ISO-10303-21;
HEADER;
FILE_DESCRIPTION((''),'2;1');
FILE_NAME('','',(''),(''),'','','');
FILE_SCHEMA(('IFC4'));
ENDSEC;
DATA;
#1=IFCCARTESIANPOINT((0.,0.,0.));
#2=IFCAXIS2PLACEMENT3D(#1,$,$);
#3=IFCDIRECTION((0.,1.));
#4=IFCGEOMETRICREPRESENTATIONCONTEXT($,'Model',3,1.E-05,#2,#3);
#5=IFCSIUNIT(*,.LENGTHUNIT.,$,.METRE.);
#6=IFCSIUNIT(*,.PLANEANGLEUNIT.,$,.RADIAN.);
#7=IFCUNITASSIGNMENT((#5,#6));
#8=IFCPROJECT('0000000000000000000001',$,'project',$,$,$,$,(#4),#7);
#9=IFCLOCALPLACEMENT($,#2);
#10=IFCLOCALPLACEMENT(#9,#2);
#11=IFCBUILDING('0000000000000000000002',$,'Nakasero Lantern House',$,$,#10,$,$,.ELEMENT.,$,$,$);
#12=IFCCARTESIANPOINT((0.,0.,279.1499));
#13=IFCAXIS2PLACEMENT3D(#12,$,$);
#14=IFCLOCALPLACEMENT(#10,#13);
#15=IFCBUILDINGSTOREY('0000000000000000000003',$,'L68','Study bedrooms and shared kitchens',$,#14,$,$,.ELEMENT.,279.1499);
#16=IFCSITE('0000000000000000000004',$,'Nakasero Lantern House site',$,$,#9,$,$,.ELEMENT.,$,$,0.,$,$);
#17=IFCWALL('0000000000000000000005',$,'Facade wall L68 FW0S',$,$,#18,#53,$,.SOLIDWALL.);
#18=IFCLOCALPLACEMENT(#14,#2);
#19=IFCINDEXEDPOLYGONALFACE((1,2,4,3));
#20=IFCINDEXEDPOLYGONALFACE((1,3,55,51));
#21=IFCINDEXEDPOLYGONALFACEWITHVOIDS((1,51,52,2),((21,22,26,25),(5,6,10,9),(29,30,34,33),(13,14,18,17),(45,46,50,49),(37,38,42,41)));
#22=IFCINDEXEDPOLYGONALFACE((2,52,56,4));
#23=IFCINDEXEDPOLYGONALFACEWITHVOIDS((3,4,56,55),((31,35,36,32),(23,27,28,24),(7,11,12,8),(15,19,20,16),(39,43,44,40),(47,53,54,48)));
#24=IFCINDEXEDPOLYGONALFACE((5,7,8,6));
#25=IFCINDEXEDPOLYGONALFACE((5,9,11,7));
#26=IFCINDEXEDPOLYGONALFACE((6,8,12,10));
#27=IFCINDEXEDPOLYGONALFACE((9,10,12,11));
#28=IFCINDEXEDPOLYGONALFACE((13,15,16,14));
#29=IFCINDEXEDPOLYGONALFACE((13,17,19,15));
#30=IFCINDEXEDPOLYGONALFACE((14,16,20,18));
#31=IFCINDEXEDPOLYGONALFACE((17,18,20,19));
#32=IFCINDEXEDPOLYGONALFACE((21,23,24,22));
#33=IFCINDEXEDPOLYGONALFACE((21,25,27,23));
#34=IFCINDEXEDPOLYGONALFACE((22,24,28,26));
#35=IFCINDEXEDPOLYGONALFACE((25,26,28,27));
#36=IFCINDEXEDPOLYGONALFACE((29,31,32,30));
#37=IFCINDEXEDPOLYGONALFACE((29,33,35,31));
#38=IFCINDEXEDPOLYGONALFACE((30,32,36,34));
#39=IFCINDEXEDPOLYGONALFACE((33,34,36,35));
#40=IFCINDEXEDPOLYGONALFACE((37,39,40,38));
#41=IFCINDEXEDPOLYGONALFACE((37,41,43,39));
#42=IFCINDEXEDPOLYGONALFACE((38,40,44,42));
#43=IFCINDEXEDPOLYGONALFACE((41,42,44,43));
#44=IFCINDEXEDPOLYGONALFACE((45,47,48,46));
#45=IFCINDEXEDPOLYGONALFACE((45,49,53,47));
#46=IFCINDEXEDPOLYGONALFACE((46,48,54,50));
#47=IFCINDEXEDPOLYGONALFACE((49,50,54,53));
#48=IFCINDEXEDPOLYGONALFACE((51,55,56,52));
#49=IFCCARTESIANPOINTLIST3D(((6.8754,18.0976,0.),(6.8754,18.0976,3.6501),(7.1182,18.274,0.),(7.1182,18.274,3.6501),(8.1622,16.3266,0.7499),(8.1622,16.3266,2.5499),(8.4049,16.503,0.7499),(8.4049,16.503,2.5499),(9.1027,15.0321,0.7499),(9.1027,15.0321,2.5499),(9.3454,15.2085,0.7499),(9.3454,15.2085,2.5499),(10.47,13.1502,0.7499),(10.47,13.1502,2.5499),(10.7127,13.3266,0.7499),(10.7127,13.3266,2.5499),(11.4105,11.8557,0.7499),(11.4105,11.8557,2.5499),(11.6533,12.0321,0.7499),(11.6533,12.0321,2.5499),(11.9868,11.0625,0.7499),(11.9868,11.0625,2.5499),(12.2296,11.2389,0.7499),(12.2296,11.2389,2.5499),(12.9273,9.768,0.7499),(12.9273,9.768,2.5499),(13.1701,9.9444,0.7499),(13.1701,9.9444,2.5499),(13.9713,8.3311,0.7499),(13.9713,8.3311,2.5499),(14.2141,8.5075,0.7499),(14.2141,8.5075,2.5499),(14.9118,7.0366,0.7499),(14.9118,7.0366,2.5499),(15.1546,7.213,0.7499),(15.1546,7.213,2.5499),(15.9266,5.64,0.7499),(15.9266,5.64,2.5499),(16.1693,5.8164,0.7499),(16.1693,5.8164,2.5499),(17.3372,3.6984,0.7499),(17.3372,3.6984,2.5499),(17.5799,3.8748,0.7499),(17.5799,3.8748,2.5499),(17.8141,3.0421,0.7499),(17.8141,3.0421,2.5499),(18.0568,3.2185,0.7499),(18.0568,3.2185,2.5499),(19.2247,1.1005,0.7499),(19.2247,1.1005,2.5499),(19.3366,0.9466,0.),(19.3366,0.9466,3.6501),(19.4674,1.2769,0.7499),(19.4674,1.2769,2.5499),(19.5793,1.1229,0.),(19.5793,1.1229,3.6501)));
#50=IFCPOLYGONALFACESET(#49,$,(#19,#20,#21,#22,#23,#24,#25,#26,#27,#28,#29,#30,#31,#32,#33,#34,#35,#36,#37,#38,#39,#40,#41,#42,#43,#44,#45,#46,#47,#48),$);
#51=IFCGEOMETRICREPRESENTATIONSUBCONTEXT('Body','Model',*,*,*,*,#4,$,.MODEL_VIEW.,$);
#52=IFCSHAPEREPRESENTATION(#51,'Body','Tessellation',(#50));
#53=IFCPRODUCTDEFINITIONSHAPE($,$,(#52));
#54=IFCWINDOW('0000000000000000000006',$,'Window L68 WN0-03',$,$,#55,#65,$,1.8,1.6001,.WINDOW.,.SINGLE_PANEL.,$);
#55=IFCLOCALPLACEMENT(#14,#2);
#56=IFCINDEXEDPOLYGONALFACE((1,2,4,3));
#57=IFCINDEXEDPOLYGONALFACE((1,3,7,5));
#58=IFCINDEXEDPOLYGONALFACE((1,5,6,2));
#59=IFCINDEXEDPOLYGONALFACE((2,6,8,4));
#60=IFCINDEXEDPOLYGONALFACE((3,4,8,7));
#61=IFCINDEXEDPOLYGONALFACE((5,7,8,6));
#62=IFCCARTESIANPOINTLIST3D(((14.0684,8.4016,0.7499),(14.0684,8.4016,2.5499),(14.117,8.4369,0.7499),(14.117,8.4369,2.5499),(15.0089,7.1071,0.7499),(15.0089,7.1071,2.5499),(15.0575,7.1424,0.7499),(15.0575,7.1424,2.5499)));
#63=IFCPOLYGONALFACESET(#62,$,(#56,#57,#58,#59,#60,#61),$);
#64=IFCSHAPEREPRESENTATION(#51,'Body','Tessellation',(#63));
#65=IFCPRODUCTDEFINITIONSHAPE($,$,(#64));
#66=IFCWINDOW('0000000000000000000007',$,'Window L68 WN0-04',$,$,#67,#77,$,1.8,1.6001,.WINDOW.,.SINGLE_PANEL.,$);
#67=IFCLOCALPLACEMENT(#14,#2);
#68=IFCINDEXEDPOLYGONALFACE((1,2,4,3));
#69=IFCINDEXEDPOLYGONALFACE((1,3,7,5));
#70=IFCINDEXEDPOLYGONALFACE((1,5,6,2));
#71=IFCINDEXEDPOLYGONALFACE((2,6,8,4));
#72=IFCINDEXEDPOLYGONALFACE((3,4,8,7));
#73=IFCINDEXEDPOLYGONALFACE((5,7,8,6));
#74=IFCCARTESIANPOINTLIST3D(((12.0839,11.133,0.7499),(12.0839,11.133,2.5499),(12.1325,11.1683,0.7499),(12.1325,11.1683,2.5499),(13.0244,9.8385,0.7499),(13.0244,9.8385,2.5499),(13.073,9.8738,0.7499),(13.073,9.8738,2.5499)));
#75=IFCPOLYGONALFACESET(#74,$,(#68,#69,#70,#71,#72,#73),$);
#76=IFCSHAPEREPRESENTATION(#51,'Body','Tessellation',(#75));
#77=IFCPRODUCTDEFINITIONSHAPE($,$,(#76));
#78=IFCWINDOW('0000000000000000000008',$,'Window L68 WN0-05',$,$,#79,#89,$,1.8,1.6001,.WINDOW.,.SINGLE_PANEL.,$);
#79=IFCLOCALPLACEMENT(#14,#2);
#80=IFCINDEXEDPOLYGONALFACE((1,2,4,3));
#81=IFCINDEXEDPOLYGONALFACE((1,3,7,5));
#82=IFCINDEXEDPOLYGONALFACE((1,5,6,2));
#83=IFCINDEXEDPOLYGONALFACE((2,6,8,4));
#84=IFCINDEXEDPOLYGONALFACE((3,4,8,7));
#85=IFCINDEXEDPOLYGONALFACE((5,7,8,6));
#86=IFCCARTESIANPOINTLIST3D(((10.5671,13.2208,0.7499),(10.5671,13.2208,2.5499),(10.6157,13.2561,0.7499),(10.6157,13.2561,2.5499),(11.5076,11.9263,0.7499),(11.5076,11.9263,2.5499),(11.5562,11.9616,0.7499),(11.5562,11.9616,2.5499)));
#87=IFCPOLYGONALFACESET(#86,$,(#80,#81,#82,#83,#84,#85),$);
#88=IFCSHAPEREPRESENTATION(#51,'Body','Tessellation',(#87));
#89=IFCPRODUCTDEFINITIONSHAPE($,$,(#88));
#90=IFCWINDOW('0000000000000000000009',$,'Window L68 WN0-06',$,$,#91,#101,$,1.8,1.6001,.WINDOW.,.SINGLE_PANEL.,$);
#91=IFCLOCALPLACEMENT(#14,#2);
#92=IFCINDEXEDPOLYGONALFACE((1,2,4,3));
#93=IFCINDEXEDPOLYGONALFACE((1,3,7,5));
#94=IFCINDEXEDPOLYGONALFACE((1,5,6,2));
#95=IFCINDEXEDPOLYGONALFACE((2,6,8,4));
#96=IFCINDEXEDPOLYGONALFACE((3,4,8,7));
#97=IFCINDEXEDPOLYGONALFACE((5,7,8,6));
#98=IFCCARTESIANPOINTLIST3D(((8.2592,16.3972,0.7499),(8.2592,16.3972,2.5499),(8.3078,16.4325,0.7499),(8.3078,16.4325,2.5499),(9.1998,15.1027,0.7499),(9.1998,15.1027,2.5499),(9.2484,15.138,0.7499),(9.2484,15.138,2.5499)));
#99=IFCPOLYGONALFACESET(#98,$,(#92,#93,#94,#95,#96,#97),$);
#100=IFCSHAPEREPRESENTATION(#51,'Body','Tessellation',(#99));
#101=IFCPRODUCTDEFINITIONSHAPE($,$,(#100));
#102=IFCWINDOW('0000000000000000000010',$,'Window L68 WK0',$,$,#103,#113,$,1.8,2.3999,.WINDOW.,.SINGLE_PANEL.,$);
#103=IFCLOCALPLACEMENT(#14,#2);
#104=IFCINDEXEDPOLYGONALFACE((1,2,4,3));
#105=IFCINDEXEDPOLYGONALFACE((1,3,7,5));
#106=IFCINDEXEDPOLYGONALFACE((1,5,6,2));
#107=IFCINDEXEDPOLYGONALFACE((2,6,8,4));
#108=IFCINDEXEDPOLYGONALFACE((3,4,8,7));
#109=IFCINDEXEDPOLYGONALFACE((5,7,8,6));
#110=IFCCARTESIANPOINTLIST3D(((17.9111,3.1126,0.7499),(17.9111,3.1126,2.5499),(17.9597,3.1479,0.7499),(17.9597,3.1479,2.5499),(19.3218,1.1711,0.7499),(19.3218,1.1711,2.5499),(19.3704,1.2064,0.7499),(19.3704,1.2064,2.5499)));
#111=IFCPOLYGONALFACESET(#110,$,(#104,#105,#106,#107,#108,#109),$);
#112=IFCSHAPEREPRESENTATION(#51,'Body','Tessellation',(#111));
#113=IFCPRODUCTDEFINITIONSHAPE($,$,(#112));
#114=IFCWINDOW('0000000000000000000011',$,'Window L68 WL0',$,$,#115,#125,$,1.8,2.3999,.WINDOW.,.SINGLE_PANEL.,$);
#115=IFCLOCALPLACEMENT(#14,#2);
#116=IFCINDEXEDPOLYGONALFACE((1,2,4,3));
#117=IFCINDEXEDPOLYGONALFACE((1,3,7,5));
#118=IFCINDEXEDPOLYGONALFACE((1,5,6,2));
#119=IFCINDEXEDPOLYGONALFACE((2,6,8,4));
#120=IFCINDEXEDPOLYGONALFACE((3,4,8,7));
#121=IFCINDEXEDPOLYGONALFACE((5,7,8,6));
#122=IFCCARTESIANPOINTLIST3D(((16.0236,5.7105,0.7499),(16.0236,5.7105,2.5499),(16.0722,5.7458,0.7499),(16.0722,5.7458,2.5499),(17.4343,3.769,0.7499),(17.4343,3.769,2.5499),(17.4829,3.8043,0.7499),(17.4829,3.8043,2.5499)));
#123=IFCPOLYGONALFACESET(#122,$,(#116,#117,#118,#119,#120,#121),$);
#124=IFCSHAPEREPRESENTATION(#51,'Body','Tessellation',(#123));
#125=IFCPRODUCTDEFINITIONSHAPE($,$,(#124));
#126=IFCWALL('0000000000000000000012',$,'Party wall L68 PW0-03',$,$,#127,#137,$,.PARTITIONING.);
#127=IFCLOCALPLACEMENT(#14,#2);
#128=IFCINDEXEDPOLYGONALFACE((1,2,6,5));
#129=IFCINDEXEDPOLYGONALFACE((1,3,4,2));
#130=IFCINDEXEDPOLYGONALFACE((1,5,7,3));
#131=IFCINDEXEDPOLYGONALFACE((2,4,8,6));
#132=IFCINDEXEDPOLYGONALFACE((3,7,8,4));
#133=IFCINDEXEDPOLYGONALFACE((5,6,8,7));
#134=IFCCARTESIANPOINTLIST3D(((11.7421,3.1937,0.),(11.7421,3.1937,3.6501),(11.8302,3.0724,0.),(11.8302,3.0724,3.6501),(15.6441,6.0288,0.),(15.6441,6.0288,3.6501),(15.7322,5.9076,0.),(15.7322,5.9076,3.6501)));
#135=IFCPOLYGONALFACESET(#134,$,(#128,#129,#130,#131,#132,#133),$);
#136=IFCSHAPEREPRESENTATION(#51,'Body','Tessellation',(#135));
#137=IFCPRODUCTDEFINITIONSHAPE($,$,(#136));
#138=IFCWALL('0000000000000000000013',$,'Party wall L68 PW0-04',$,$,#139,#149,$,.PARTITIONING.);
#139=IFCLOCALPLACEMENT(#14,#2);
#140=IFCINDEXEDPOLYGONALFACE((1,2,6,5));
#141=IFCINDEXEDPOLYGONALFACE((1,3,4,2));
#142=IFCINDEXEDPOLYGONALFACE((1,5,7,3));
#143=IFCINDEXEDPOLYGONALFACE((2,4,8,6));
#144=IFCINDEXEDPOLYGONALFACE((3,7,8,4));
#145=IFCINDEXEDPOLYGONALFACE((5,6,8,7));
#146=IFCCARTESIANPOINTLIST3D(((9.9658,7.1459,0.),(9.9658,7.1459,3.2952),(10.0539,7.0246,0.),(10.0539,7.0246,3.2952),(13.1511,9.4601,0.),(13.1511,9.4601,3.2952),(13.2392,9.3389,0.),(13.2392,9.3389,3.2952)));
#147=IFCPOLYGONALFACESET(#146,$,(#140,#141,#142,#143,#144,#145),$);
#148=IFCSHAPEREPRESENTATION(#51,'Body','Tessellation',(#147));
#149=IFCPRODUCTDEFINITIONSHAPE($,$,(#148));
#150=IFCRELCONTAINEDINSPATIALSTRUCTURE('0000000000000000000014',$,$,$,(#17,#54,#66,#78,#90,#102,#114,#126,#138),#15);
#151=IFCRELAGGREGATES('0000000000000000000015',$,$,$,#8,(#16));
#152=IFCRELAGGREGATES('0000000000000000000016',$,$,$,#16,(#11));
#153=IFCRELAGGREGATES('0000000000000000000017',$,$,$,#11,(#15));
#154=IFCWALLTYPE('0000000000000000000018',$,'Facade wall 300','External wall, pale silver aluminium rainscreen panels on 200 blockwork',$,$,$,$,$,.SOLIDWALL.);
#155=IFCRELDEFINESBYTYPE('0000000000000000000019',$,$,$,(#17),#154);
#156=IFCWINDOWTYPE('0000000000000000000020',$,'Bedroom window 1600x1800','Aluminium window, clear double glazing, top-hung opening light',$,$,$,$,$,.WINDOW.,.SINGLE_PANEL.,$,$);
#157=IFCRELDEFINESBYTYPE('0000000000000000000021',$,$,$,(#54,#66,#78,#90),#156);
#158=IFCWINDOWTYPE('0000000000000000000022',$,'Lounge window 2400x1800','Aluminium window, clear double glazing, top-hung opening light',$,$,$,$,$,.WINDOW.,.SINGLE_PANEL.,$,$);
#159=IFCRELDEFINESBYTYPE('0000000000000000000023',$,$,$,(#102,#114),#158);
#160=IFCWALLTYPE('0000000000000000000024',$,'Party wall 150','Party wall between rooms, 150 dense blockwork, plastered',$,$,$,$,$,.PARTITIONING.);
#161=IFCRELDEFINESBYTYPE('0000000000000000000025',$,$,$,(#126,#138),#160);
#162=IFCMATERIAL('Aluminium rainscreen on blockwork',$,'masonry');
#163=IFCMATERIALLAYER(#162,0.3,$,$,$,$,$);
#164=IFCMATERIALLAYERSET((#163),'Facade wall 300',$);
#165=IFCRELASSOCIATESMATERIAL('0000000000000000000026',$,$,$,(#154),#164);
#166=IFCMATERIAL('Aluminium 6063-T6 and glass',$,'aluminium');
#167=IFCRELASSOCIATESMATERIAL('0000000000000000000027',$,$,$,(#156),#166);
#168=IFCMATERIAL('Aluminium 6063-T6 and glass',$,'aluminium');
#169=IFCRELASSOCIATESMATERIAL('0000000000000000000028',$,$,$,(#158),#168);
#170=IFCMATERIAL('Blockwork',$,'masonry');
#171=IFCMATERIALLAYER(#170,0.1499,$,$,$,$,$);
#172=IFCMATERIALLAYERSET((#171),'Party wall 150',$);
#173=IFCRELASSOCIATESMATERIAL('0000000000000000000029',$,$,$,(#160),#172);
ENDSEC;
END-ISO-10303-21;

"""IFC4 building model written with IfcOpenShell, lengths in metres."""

from ifc_helpers import new_model, si_unit, direction, frame, frame_2d, origin, place, context, subcontext, project, spatial, rectangle, extrude, material, layer, layer_set, type_object, element, fill, save


model = new_model("IFC4")

# Units and contexts
model_context = context("Model", 3, precision=1e-05, world=origin(), true_north=direction((0.0, 1.0)))
body_context = subcontext(model_context, "Body", "Model", "MODEL_VIEW")
ifc_project = project(units=[si_unit("LENGTHUNIT", "METRE"), si_unit("PLANEANGLEUNIT", "RADIAN")], contexts=[model_context])

# Site, building, storey
site_placement = place(None, origin())
site = spatial("IfcSite", under=ifc_project, at=site_placement, Name="Nakasero Lantern House site", CompositionType="ELEMENT", RefElevation=0.0)
building_placement = place(site_placement, origin())
building = spatial("IfcBuilding", under=site, at=building_placement, Name="Nakasero Lantern House", CompositionType="ELEMENT")
storey_placement = place(building_placement, frame((0.0, 0.0, 279.1499)))
storey = spatial("IfcBuildingStorey", under=building, at=storey_placement, Name="L68", Description="Study bedrooms and shared kitchens", CompositionType="ELEMENT", Elevation=279.1499)

# Wall, openings, windows
ifc_material_1 = material(Name="Aluminium rainscreen on blockwork", Category="masonry")
ifc_layer_1 = layer(ifc_material_1, 0.3)
ifc_layer_set_1 = layer_set([ifc_layer_1], Name="Facade wall 300")
wall_type_1 = type_object("IfcWallType", Name="Facade wall 300", Description="External wall, pale silver aluminium rainscreen panels on 200 blockwork", PredefinedType="SOLIDWALL", material=ifc_layer_set_1)
wall_1_placement = place(storey_placement, frame((19.458, 1.0347, 0.0), z_axis=(0.0, 0.0, 1.0), x_axis=(-0.58779, 0.809013, 0.0)))
wall_1 = element("IfcWall", 1, at=wall_1_placement, inside=storey, type_object=wall_type_1, Name="Facade wall L68 FW0S", PredefinedType="SOLIDWALL", context=body_context, shape_type="SweptSolid", body=[
    extrude(rectangle(XDim=21.2, YDim=0.3, at=frame_2d((10.6001, 0.0))), origin(), (0.0, 0.0, 1.0), 3.6501),
])
opening_1_placement = place(wall_1_placement, frame((7.5278, 0.0, 0.75)))
opening_1 = element("IfcOpeningElement", 2, at=opening_1_placement, cuts=wall_1, PredefinedType="OPENING", context=body_context, shape_type="SweptSolid", body=[
    extrude(rectangle(XDim=1.6001, YDim=1.8, at=frame_2d((0.8, 0.8999))), frame((0.0, 0.1699, 0.0), z_axis=(0.0, -1.0, 0.0), x_axis=(1.0, 0.0, 0.0)), (0.0, 0.0, 1.0), 0.3401),
])
opening_2_placement = place(wall_1_placement, frame((10.9041, 0.0, 0.75)))
opening_2 = element("IfcOpeningElement", 3, at=opening_2_placement, cuts=wall_1, PredefinedType="OPENING", context=body_context, shape_type="SweptSolid", body=[
    extrude(rectangle(XDim=1.6001, YDim=1.8, at=frame_2d((0.8, 0.8999))), frame((0.0, 0.1699, 0.0), z_axis=(0.0, -1.0, 0.0), x_axis=(1.0, 0.0, 0.0)), (0.0, 0.0, 1.0), 0.3401),
])
opening_3_placement = place(wall_1_placement, frame((13.4846, 0.0, 0.75)))
opening_3 = element("IfcOpeningElement", 4, at=opening_3_placement, cuts=wall_1, PredefinedType="OPENING", context=body_context, shape_type="SweptSolid", body=[
    extrude(rectangle(XDim=1.6001, YDim=1.8, at=frame_2d((0.8, 0.8999))), frame((0.0, 0.1699, 0.0), z_axis=(0.0, -1.0, 0.0), x_axis=(1.0, 0.0, 0.0)), (0.0, 0.0, 1.0), 0.3401),
])
opening_4_placement = place(wall_1_placement, frame((17.4109, 0.0, 0.75)))
opening_4 = element("IfcOpeningElement", 5, at=opening_4_placement, cuts=wall_1, PredefinedType="OPENING", context=body_context, shape_type="SweptSolid", body=[
    extrude(rectangle(XDim=1.6001, YDim=1.8, at=frame_2d((0.8, 0.8999))), frame((0.0, 0.1699, 0.0), z_axis=(0.0, -1.0, 0.0), x_axis=(1.0, 0.0, 0.0)), (0.0, 0.0, 1.0), 0.3401),
])
opening_5_placement = place(wall_1_placement, frame((0.1904, 0.0, 0.75)))
opening_5 = element("IfcOpeningElement", 6, at=opening_5_placement, cuts=wall_1, PredefinedType="OPENING", context=body_context, shape_type="SweptSolid", body=[
    extrude(rectangle(XDim=2.3999, YDim=1.8, at=frame_2d((1.2, 0.8999))), frame((0.0, 0.1699, 0.0), z_axis=(0.0, -1.0, 0.0), x_axis=(1.0, 0.0, 0.0)), (0.0, 0.0, 1.0), 0.3401),
])
opening_6_placement = place(wall_1_placement, frame((3.4016, 0.0, 0.75)))
opening_6 = element("IfcOpeningElement", 7, at=opening_6_placement, cuts=wall_1, PredefinedType="OPENING", context=body_context, shape_type="SweptSolid", body=[
    extrude(rectangle(XDim=2.3999, YDim=1.8, at=frame_2d((1.2, 0.8999))), frame((0.0, 0.1699, 0.0), z_axis=(0.0, -1.0, 0.0), x_axis=(1.0, 0.0, 0.0)), (0.0, 0.0, 1.0), 0.3401),
])
ifc_material_2 = material(Name="Aluminium 6063-T6 and glass", Category="aluminium")
window_type_1 = type_object("IfcWindowType", Name="Bedroom window 1600x1800", Description="Aluminium window, clear double glazing, top-hung opening light", PartitioningType="SINGLE_PANEL", PredefinedType="WINDOW", material=ifc_material_2)
window_1_placement = place(opening_1_placement, origin())
window_1 = element("IfcWindow", 8, at=window_1_placement, inside=storey, type_object=window_type_1, Name="Window L68 WN0-03", OverallHeight=1.8, OverallWidth=1.6001, PartitioningType="SINGLE_PANEL", PredefinedType="WINDOW", context=body_context, shape_type="SweptSolid", body=[
    extrude(rectangle(XDim=1.6001, YDim=1.8, at=frame_2d((0.8, 0.8999))), frame((0.0, 0.03, 0.0), z_axis=(0.0, -1.0, 0.0), x_axis=(1.0, 0.0, 0.0)), (0.0, 0.0, 1.0), 0.0601),
])
fill(opening_1, window_1)
window_2_placement = place(opening_2_placement, origin())
window_2 = element("IfcWindow", 9, at=window_2_placement, inside=storey, type_object=window_type_1, Name="Window L68 WN0-04", OverallHeight=1.8, OverallWidth=1.6001, PartitioningType="SINGLE_PANEL", PredefinedType="WINDOW", context=body_context, shape_type="SweptSolid", body=[
    extrude(rectangle(XDim=1.6001, YDim=1.8, at=frame_2d((0.8, 0.8999))), frame((0.0, 0.03, 0.0), z_axis=(0.0, -1.0, 0.0), x_axis=(1.0, 0.0, 0.0)), (0.0, 0.0, 1.0), 0.0601),
])
fill(opening_2, window_2)
window_3_placement = place(opening_3_placement, origin())
window_3 = element("IfcWindow", 10, at=window_3_placement, inside=storey, type_object=window_type_1, Name="Window L68 WN0-05", OverallHeight=1.8, OverallWidth=1.6001, PartitioningType="SINGLE_PANEL", PredefinedType="WINDOW", context=body_context, shape_type="SweptSolid", body=[
    extrude(rectangle(XDim=1.6001, YDim=1.8, at=frame_2d((0.8, 0.8999))), frame((0.0, 0.03, 0.0), z_axis=(0.0, -1.0, 0.0), x_axis=(1.0, 0.0, 0.0)), (0.0, 0.0, 1.0), 0.0601),
])
fill(opening_3, window_3)
window_4_placement = place(opening_4_placement, origin())
window_4 = element("IfcWindow", 11, at=window_4_placement, inside=storey, type_object=window_type_1, Name="Window L68 WN0-06", OverallHeight=1.8, OverallWidth=1.6001, PartitioningType="SINGLE_PANEL", PredefinedType="WINDOW", context=body_context, shape_type="SweptSolid", body=[
    extrude(rectangle(XDim=1.6001, YDim=1.8, at=frame_2d((0.8, 0.8999))), frame((0.0, 0.03, 0.0), z_axis=(0.0, -1.0, 0.0), x_axis=(1.0, 0.0, 0.0)), (0.0, 0.0, 1.0), 0.0601),
])
fill(opening_4, window_4)
ifc_material_3 = material(Name="Aluminium 6063-T6 and glass", Category="aluminium")
window_type_2 = type_object("IfcWindowType", Name="Lounge window 2400x1800", Description="Aluminium window, clear double glazing, top-hung opening light", PartitioningType="SINGLE_PANEL", PredefinedType="WINDOW", material=ifc_material_3)
window_5_placement = place(opening_5_placement, origin())
window_5 = element("IfcWindow", 12, at=window_5_placement, inside=storey, type_object=window_type_2, Name="Window L68 WK0", OverallHeight=1.8, OverallWidth=2.3999, PartitioningType="SINGLE_PANEL", PredefinedType="WINDOW", context=body_context, shape_type="SweptSolid", body=[
    extrude(rectangle(XDim=2.3999, YDim=1.8, at=frame_2d((1.2, 0.8999))), frame((0.0, 0.03, 0.0), z_axis=(0.0, -1.0, 0.0), x_axis=(1.0, 0.0, 0.0)), (0.0, 0.0, 1.0), 0.0601),
])
fill(opening_5, window_5)
window_6_placement = place(opening_6_placement, origin())
window_6 = element("IfcWindow", 13, at=window_6_placement, inside=storey, type_object=window_type_2, Name="Window L68 WL0", OverallHeight=1.8, OverallWidth=2.3999, PartitioningType="SINGLE_PANEL", PredefinedType="WINDOW", context=body_context, shape_type="SweptSolid", body=[
    extrude(rectangle(XDim=2.3999, YDim=1.8, at=frame_2d((1.2, 0.8999))), frame((0.0, 0.03, 0.0), z_axis=(0.0, -1.0, 0.0), x_axis=(1.0, 0.0, 0.0)), (0.0, 0.0, 1.0), 0.0601),
])
fill(opening_6, window_6)

# Walls
ifc_material_4 = material(Name="Blockwork", Category="masonry")
ifc_layer_2 = layer(ifc_material_4, 0.1499)
ifc_layer_set_2 = layer_set([ifc_layer_2], Name="Party wall 150")
wall_type_2 = type_object("IfcWallType", Name="Party wall 150", Description="Party wall between rooms, 150 dense blockwork, plastered", PredefinedType="PARTITIONING", material=ifc_layer_set_2)
wall_2_placement = place(storey_placement, frame((11.7861, 3.1331, 0.0), z_axis=(0.0, 0.0, 1.0), x_axis=(0.809001, 0.587807, 0.0)))
element("IfcWall", 14, at=wall_2_placement, inside=storey, type_object=wall_type_2, Name="Party wall L68 PW0-03", PredefinedType="PARTITIONING", context=body_context, shape_type="SweptSolid", body=[
    extrude(rectangle(XDim=4.8232, YDim=0.1499, at=frame_2d((2.4116, 0.0))), origin(), (0.0, 0.0, 1.0), 3.6501),
])
wall_3_placement = place(storey_placement, frame((10.0098, 7.0852, 0.0), z_axis=(0.0, 0.0, 1.0), x_axis=(0.809023, 0.587777, 0.0)))
element("IfcWall", 15, at=wall_3_placement, inside=storey, type_object=wall_type_2, Name="Party wall L68 PW0-04", PredefinedType="PARTITIONING", context=body_context, shape_type="SweptSolid", body=[
    extrude(rectangle(XDim=3.9373, YDim=0.1499, at=frame_2d((1.9688, 0.0))), origin(), (0.0, 0.0, 1.0), 3.2952),
])

save(model, "model.ifc")
